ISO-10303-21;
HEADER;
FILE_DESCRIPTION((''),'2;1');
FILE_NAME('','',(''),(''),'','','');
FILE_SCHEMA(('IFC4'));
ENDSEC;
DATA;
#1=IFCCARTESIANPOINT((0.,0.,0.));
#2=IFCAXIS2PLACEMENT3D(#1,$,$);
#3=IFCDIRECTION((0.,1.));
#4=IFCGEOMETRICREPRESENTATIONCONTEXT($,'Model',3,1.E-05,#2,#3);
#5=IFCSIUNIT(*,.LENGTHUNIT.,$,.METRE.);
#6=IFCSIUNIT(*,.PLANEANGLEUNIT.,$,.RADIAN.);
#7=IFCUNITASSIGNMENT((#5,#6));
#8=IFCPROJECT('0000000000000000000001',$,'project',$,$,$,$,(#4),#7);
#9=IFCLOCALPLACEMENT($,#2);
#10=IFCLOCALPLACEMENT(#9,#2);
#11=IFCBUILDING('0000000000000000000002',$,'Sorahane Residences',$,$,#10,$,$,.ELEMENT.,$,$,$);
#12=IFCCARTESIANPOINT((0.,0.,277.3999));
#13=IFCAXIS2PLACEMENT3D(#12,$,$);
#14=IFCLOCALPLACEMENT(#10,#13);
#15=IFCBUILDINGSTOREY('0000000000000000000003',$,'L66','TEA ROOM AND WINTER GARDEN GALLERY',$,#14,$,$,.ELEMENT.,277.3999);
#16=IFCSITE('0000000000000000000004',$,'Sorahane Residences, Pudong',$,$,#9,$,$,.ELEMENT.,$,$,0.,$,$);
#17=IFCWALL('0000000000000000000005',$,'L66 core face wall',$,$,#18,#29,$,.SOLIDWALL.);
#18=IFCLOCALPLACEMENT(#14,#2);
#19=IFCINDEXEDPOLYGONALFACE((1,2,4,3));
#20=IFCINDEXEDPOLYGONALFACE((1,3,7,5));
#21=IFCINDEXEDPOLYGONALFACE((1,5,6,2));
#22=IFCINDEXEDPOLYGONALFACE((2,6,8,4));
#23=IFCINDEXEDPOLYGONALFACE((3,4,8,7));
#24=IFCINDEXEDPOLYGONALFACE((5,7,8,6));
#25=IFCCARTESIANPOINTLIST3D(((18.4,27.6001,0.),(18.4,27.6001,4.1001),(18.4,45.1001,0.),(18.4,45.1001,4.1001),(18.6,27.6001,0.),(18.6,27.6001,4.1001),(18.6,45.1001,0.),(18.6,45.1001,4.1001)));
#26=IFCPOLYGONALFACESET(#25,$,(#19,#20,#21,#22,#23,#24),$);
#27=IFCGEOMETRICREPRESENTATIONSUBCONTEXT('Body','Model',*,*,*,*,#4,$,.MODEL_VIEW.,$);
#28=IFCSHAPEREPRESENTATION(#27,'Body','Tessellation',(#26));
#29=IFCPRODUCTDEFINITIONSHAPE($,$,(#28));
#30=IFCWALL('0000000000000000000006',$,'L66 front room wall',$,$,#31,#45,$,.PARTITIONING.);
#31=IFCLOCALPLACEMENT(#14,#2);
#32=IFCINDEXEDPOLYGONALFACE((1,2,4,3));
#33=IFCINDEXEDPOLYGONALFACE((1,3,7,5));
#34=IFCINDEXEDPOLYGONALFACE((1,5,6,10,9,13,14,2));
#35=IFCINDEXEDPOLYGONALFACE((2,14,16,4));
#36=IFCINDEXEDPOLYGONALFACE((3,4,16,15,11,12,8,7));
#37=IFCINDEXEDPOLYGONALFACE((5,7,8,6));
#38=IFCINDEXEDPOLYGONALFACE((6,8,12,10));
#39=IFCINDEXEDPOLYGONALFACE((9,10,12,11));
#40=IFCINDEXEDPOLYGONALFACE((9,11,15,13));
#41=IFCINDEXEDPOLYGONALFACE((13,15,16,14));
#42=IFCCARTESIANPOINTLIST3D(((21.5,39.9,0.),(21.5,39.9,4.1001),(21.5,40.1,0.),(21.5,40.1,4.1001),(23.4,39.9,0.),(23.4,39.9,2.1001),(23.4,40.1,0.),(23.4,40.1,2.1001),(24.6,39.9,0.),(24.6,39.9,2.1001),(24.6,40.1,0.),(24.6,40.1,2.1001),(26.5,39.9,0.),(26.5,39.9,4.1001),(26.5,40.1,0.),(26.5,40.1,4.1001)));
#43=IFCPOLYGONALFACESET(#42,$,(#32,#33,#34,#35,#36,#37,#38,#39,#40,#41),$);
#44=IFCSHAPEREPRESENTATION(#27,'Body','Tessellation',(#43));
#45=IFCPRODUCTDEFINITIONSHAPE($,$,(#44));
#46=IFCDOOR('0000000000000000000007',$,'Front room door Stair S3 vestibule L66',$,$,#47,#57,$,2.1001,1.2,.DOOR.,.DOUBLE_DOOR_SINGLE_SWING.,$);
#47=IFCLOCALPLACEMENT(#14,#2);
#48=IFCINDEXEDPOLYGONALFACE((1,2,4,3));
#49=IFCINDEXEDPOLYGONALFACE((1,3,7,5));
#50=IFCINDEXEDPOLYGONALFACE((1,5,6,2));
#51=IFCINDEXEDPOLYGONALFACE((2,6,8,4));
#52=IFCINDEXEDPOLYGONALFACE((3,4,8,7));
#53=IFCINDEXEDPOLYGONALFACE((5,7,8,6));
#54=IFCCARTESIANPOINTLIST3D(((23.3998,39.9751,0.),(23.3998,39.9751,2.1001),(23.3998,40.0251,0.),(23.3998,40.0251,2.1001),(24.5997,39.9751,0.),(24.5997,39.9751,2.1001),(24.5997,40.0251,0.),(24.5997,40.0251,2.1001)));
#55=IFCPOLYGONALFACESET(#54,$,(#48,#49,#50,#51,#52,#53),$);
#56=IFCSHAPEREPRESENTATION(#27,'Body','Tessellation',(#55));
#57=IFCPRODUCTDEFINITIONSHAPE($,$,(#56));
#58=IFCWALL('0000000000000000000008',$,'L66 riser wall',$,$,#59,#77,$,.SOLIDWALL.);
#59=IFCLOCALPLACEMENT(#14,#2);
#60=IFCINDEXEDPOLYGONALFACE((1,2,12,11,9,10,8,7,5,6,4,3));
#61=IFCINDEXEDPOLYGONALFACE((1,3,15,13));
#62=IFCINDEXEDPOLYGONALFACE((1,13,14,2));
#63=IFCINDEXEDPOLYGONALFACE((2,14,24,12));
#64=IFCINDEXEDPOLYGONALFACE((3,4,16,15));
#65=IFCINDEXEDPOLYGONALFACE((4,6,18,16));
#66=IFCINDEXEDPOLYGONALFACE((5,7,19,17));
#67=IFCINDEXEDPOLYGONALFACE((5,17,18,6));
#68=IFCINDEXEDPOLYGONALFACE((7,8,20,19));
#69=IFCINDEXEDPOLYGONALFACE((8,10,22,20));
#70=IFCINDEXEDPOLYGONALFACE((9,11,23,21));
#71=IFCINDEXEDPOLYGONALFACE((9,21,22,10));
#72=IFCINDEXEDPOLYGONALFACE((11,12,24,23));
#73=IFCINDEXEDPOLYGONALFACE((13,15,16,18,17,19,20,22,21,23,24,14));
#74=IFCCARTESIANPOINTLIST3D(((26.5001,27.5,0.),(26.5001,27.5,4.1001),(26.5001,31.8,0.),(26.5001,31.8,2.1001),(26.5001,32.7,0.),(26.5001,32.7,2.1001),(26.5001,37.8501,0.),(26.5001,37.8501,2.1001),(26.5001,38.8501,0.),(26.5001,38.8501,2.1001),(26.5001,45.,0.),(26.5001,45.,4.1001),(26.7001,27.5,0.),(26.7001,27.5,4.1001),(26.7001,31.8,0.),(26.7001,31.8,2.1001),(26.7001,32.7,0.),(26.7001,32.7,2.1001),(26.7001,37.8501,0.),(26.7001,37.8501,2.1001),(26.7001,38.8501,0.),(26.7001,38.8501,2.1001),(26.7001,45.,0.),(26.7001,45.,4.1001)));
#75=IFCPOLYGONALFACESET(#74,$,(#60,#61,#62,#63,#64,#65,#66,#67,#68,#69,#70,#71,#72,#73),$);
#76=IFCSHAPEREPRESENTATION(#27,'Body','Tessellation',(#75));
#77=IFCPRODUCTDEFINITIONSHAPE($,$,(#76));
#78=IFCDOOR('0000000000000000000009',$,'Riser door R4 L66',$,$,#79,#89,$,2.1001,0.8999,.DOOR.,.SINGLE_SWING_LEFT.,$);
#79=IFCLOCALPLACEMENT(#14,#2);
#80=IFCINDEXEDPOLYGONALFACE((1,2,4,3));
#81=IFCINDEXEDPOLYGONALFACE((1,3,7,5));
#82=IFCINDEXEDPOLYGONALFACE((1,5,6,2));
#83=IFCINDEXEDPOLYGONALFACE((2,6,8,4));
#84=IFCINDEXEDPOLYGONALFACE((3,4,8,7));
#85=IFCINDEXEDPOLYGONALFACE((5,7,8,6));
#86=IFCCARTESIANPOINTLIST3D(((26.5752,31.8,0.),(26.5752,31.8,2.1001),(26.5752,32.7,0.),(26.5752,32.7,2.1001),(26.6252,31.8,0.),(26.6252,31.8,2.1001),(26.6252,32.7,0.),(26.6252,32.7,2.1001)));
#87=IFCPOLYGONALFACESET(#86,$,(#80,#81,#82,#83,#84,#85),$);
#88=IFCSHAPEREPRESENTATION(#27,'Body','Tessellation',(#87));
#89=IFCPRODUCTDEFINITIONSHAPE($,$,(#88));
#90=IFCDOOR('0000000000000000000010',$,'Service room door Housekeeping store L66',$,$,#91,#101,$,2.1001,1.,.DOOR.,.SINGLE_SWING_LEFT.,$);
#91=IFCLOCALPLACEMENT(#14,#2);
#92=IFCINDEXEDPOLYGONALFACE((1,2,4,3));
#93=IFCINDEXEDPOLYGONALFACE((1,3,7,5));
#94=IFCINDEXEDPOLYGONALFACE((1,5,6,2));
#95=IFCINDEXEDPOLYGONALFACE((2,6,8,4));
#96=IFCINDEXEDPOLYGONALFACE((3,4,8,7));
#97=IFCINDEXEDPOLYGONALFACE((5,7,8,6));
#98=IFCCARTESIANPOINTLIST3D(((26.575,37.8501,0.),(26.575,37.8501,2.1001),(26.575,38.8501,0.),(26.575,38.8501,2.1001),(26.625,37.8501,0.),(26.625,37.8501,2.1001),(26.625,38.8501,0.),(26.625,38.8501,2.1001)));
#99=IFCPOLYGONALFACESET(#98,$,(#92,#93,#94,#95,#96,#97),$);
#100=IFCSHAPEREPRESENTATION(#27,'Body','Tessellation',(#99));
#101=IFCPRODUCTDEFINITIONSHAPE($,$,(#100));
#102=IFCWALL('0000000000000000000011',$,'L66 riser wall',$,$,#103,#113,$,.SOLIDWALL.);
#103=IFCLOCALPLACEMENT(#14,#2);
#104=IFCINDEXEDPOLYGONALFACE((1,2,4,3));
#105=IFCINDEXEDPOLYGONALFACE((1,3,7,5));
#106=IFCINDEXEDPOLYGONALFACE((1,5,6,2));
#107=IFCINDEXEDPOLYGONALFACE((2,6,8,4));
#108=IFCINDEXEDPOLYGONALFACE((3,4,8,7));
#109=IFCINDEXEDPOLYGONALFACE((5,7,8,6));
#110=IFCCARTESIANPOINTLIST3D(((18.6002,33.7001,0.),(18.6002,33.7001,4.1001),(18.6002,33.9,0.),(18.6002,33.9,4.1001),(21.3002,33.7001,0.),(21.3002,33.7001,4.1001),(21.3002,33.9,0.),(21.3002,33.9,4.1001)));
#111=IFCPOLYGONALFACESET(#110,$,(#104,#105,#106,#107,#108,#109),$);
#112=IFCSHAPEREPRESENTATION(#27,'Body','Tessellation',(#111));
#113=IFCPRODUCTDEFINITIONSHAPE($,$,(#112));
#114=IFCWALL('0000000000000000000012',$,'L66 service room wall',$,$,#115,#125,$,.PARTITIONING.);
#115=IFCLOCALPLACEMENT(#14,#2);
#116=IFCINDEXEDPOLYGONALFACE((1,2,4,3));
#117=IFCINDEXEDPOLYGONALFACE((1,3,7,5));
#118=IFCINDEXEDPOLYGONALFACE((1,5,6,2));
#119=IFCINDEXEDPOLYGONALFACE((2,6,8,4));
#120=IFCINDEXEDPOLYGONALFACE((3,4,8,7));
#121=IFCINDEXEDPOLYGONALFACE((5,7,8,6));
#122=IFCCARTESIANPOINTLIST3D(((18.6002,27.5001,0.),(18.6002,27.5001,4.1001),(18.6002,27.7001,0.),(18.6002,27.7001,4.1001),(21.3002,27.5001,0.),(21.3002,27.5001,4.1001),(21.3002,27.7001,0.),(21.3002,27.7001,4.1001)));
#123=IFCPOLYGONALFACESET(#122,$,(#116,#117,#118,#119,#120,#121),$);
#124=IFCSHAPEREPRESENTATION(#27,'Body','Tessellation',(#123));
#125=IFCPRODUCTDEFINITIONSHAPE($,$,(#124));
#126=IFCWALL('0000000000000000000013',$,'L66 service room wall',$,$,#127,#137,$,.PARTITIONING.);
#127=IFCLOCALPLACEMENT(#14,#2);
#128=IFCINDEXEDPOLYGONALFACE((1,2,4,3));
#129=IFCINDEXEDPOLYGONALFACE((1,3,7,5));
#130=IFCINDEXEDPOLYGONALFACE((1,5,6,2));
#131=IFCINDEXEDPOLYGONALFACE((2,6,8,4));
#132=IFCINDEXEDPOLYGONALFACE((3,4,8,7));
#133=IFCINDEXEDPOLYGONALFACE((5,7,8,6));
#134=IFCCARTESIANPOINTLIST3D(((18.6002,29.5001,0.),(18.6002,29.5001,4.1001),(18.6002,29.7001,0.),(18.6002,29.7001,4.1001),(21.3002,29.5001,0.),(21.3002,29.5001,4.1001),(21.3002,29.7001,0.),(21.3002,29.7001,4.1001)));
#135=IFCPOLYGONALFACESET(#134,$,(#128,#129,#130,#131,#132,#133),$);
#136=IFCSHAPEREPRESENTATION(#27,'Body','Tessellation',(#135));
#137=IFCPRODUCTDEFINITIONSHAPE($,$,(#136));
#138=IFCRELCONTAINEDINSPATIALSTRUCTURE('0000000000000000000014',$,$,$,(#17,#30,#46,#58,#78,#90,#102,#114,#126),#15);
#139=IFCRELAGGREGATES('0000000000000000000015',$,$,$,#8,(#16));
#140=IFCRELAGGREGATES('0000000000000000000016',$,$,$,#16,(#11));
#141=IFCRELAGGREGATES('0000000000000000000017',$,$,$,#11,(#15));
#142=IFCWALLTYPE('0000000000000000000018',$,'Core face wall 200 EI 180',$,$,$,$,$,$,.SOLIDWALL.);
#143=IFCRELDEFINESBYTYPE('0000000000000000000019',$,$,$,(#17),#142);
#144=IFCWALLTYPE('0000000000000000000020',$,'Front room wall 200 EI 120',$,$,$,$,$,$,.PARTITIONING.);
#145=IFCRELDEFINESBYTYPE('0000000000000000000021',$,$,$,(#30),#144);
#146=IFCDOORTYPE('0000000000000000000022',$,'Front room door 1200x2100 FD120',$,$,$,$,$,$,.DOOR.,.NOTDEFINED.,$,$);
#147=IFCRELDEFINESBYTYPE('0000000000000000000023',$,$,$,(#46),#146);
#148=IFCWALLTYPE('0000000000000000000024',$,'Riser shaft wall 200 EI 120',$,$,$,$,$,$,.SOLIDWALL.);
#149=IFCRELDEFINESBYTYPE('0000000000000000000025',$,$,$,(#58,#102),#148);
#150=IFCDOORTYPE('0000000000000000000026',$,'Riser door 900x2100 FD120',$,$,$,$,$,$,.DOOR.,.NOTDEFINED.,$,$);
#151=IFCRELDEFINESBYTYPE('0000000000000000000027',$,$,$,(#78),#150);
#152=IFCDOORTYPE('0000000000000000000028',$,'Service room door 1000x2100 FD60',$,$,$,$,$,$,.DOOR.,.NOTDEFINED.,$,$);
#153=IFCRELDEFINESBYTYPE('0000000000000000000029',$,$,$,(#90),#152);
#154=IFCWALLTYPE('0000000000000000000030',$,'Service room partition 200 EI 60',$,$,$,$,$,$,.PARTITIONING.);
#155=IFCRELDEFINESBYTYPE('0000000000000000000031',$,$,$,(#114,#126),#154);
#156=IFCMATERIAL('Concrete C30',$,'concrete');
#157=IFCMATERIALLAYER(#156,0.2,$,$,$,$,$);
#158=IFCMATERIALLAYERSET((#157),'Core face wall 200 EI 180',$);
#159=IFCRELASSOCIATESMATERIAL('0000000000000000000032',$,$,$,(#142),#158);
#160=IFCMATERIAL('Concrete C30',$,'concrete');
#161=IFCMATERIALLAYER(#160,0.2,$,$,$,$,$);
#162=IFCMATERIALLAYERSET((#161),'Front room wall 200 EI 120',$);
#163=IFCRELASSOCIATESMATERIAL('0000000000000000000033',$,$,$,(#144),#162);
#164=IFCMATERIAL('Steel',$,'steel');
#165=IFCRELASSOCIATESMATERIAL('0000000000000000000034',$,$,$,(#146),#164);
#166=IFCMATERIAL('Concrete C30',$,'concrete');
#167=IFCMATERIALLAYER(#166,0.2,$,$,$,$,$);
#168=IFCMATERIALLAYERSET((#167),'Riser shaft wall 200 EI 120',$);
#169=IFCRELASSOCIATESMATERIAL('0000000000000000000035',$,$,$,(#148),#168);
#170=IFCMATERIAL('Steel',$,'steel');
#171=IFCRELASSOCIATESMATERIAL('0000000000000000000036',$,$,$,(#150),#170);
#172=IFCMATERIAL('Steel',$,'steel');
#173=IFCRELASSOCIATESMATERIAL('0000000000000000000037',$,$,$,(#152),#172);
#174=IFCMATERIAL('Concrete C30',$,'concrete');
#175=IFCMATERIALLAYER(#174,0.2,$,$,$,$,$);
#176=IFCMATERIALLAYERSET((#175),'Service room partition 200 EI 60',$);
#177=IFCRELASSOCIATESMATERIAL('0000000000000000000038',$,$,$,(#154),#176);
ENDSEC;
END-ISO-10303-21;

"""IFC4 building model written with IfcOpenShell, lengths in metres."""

from ifc_helpers import new_model, si_unit, direction, frame, frame_2d, origin, place, context, subcontext, project, spatial, rectangle, extrude, material, layer, layer_set, type_object, element, fill, save


model = new_model("IFC4")

# Units and contexts
model_context = context("Model", 3, precision=1e-05, world=origin(), true_north=direction((0.0, 1.0)))
body_context = subcontext(model_context, "Body", "Model", "MODEL_VIEW")
ifc_project = project(units=[si_unit("LENGTHUNIT", "METRE"), si_unit("PLANEANGLEUNIT", "RADIAN")], contexts=[model_context])

# Site, building, storey
site_placement = place(None, origin())
site = spatial("IfcSite", under=ifc_project, at=site_placement, Name="Sorahane Residences, Pudong", CompositionType="ELEMENT", RefElevation=0.0)
building_placement = place(site_placement, origin())
building = spatial("IfcBuilding", under=site, at=building_placement, Name="Sorahane Residences", CompositionType="ELEMENT")
storey_placement = place(building_placement, frame((0.0, 0.0, 277.3999)))
storey = spatial("IfcBuildingStorey", under=building, at=storey_placement, Name="L66", Description="TEA ROOM AND WINTER GARDEN GALLERY", CompositionType="ELEMENT", Elevation=277.3999)

# Wall
ifc_material_1 = material(Name="Concrete C30", Category="concrete")
ifc_layer_1 = layer(ifc_material_1, 0.2)
ifc_layer_set_1 = layer_set([ifc_layer_1], Name="Core face wall 200 EI 180")
wall_type_1 = type_object("IfcWallType", Name="Core face wall 200 EI 180", PredefinedType="SOLIDWALL", material=ifc_layer_set_1)
wall_1_placement = place(storey_placement, frame((18.5, 27.6001, 0.0), z_axis=(0.0, 0.0, 1.0), x_axis=(0.0, 1.0, 0.0)))
element("IfcWall", 1, at=wall_1_placement, inside=storey, type_object=wall_type_1, Name="L66 core face wall", PredefinedType="SOLIDWALL", context=body_context, shape_type="SweptSolid", body=[
    extrude(rectangle(XDim=17.5, YDim=0.2, at=frame_2d((8.75, 0.0))), origin(), (0.0, 0.0, 1.0), 4.1001),
])

# Wall, opening, door
ifc_material_2 = material(Name="Concrete C30", Category="concrete")
ifc_layer_2 = layer(ifc_material_2, 0.2)
ifc_layer_set_2 = layer_set([ifc_layer_2], Name="Front room wall 200 EI 120")
wall_type_2 = type_object("IfcWallType", Name="Front room wall 200 EI 120", PredefinedType="PARTITIONING", material=ifc_layer_set_2)
wall_2_placement = place(storey_placement, frame((21.5, 40.0, 0.0), z_axis=(0.0, 0.0, 1.0), x_axis=(1.0, 0.0, 0.0)))
wall_2 = element("IfcWall", 2, at=wall_2_placement, inside=storey, type_object=wall_type_2, Name="L66 front room wall", PredefinedType="PARTITIONING", context=body_context, shape_type="SweptSolid", body=[
    extrude(rectangle(XDim=5.0, YDim=0.2, at=frame_2d((2.5, 0.0))), origin(), (0.0, 0.0, 1.0), 4.1001),
])
opening_1_placement = place(wall_2_placement, frame((1.8999, 0.0, 0.0)))
opening_1 = element("IfcOpeningElement", 3, at=opening_1_placement, cuts=wall_2, PredefinedType="OPENING", context=body_context, shape_type="SweptSolid", body=[
    extrude(rectangle(XDim=1.2, YDim=2.1001, at=frame_2d((0.6001, 1.05))), frame((0.0, 0.1099, 0.0), z_axis=(0.0, -1.0, 0.0), x_axis=(1.0, 0.0, 0.0)), (0.0, 0.0, 1.0), 0.22),
])
ifc_material_3 = material(Name="Steel", Category="steel")
door_type_1 = type_object("IfcDoorType", Name="Front room door 1200x2100 FD120", OperationType="NOTDEFINED", PredefinedType="DOOR", material=ifc_material_3)
door_1_placement = place(opening_1_placement, frame((1.2, 0.0, 0.0), z_axis=(0.0, 0.0, 1.0), x_axis=(-1.0, 0.0, 0.0)))
door_1 = element("IfcDoor", 4, at=door_1_placement, inside=storey, type_object=door_type_1, Name="Front room door Stair S3 vestibule L66", OperationType="DOUBLE_DOOR_SINGLE_SWING", OverallHeight=2.1001, OverallWidth=1.2, PredefinedType="DOOR", context=body_context, shape_type="SweptSolid", body=[
    extrude(rectangle(XDim=1.2, YDim=2.1001, at=frame_2d((0.6001, 1.05))), frame((0.0, 0.0249, 0.0), z_axis=(0.0, -1.0, 0.0), x_axis=(1.0, 0.0, 0.0)), (0.0, 0.0, 1.0), 0.05),
])
fill(opening_1, door_1)

# Wall, openings, doors
ifc_material_4 = material(Name="Concrete C30", Category="concrete")
ifc_layer_3 = layer(ifc_material_4, 0.2)
ifc_layer_set_3 = layer_set([ifc_layer_3], Name="Riser shaft wall 200 EI 120")
wall_type_3 = type_object("IfcWallType", Name="Riser shaft wall 200 EI 120", PredefinedType="SOLIDWALL", material=ifc_layer_set_3)
wall_3_placement = place(storey_placement, frame((26.6001, 27.5, 0.0), z_axis=(0.0, 0.0, 1.0), x_axis=(0.0, 1.0, 0.0)))
wall_3 = element("IfcWall", 5, at=wall_3_placement, inside=storey, type_object=wall_type_3, Name="L66 riser wall", PredefinedType="SOLIDWALL", context=body_context, shape_type="SweptSolid", body=[
    extrude(rectangle(XDim=17.5, YDim=0.2, at=frame_2d((8.75, 0.0))), origin(), (0.0, 0.0, 1.0), 4.1001),
])
opening_2_placement = place(wall_3_placement, frame((4.3, 0.0, 0.0)))
opening_2 = element("IfcOpeningElement", 6, at=opening_2_placement, cuts=wall_3, PredefinedType="OPENING", context=body_context, shape_type="SweptSolid", body=[
    extrude(rectangle(XDim=0.8999, YDim=2.1001, at=frame_2d((0.45, 1.05))), frame((0.0, 0.1099, 0.0), z_axis=(0.0, -1.0, 0.0), x_axis=(1.0, 0.0, 0.0)), (0.0, 0.0, 1.0), 0.22),
])
opening_3_placement = place(wall_3_placement, frame((10.3501, 0.0, 0.0)))
opening_3 = element("IfcOpeningElement", 7, at=opening_3_placement, cuts=wall_3, PredefinedType="OPENING", context=body_context, shape_type="SweptSolid", body=[
    extrude(rectangle(XDim=1.0, YDim=2.1001, at=frame_2d((0.5, 1.05))), frame((0.0, 0.1099, 0.0), z_axis=(0.0, -1.0, 0.0), x_axis=(1.0, 0.0, 0.0)), (0.0, 0.0, 1.0), 0.22),
])
ifc_material_5 = material(Name="Steel", Category="steel")
door_type_2 = type_object("IfcDoorType", Name="Riser door 900x2100 FD120", OperationType="NOTDEFINED", PredefinedType="DOOR", material=ifc_material_5)
door_2_placement = place(opening_2_placement, origin())
door_2 = element("IfcDoor", 8, at=door_2_placement, inside=storey, type_object=door_type_2, Name="Riser door R4 L66", OperationType="SINGLE_SWING_LEFT", OverallHeight=2.1001, OverallWidth=0.8999, PredefinedType="DOOR", context=body_context, shape_type="SweptSolid", body=[
    extrude(rectangle(XDim=0.8999, YDim=2.1001, at=frame_2d((0.45, 1.05))), frame((0.0, 0.0249, 0.0), z_axis=(0.0, -1.0, 0.0), x_axis=(1.0, 0.0, 0.0)), (0.0, 0.0, 1.0), 0.05),
])
fill(opening_2, door_2)
ifc_material_6 = material(Name="Steel", Category="steel")
door_type_3 = type_object("IfcDoorType", Name="Service room door 1000x2100 FD60", OperationType="NOTDEFINED", PredefinedType="DOOR", material=ifc_material_6)
door_3_placement = place(opening_3_placement, frame((1.0, 0.0, 0.0), z_axis=(0.0, 0.0, 1.0), x_axis=(-1.0, 0.0, 0.0)))
door_3 = element("IfcDoor", 9, at=door_3_placement, inside=storey, type_object=door_type_3, Name="Service room door Housekeeping store L66", OperationType="SINGLE_SWING_LEFT", OverallHeight=2.1001, OverallWidth=1.0, PredefinedType="DOOR", context=body_context, shape_type="SweptSolid", body=[
    extrude(rectangle(XDim=1.0, YDim=2.1001, at=frame_2d((0.5, 1.05))), frame((0.0, 0.0249, 0.0), z_axis=(0.0, -1.0, 0.0), x_axis=(1.0, 0.0, 0.0)), (0.0, 0.0, 1.0), 0.05),
])
fill(opening_3, door_3)

# Walls
wall_4_placement = place(storey_placement, frame((18.6001, 33.8, 0.0), z_axis=(0.0, 0.0, 1.0), x_axis=(1.0, 0.0, 0.0)))
element("IfcWall", 10, at=wall_4_placement, inside=storey, type_object=wall_type_3, Name="L66 riser wall", PredefinedType="SOLIDWALL", context=body_context, shape_type="SweptSolid", body=[
    extrude(rectangle(XDim=2.7, YDim=0.2, at=frame_2d((1.3501, 0.0))), origin(), (0.0, 0.0, 1.0), 4.1001),
])
ifc_material_7 = material(Name="Concrete C30", Category="concrete")
ifc_layer_4 = layer(ifc_material_7, 0.2)
ifc_layer_set_4 = layer_set([ifc_layer_4], Name="Service room partition 200 EI 60")
wall_type_4 = type_object("IfcWallType", Name="Service room partition 200 EI 60", PredefinedType="PARTITIONING", material=ifc_layer_set_4)
for number, where, z_axis, x_axis, name in (
    (11, (18.6001, 27.6001, 0.0), (0.0, 0.0, 1.0), (1.0, 0.0, 0.0), "L66 service room wall"),
    (12, (18.6001, 29.6001, 0.0), (0.0, 0.0, 1.0), (1.0, 0.0, 0.0), "L66 service room wall"),
):
    element("IfcWall", number, at=place(storey_placement, frame(where, z_axis=z_axis, x_axis=x_axis)), inside=storey, type_object=wall_type_4, Name=name, PredefinedType="PARTITIONING", context=body_context, shape_type="SweptSolid", body=[
        extrude(rectangle(XDim=2.7, YDim=0.2, at=frame_2d((1.3501, 0.0))), origin(), (0.0, 0.0, 1.0), 4.1001),
    ])

save(model, "model.ifc")
